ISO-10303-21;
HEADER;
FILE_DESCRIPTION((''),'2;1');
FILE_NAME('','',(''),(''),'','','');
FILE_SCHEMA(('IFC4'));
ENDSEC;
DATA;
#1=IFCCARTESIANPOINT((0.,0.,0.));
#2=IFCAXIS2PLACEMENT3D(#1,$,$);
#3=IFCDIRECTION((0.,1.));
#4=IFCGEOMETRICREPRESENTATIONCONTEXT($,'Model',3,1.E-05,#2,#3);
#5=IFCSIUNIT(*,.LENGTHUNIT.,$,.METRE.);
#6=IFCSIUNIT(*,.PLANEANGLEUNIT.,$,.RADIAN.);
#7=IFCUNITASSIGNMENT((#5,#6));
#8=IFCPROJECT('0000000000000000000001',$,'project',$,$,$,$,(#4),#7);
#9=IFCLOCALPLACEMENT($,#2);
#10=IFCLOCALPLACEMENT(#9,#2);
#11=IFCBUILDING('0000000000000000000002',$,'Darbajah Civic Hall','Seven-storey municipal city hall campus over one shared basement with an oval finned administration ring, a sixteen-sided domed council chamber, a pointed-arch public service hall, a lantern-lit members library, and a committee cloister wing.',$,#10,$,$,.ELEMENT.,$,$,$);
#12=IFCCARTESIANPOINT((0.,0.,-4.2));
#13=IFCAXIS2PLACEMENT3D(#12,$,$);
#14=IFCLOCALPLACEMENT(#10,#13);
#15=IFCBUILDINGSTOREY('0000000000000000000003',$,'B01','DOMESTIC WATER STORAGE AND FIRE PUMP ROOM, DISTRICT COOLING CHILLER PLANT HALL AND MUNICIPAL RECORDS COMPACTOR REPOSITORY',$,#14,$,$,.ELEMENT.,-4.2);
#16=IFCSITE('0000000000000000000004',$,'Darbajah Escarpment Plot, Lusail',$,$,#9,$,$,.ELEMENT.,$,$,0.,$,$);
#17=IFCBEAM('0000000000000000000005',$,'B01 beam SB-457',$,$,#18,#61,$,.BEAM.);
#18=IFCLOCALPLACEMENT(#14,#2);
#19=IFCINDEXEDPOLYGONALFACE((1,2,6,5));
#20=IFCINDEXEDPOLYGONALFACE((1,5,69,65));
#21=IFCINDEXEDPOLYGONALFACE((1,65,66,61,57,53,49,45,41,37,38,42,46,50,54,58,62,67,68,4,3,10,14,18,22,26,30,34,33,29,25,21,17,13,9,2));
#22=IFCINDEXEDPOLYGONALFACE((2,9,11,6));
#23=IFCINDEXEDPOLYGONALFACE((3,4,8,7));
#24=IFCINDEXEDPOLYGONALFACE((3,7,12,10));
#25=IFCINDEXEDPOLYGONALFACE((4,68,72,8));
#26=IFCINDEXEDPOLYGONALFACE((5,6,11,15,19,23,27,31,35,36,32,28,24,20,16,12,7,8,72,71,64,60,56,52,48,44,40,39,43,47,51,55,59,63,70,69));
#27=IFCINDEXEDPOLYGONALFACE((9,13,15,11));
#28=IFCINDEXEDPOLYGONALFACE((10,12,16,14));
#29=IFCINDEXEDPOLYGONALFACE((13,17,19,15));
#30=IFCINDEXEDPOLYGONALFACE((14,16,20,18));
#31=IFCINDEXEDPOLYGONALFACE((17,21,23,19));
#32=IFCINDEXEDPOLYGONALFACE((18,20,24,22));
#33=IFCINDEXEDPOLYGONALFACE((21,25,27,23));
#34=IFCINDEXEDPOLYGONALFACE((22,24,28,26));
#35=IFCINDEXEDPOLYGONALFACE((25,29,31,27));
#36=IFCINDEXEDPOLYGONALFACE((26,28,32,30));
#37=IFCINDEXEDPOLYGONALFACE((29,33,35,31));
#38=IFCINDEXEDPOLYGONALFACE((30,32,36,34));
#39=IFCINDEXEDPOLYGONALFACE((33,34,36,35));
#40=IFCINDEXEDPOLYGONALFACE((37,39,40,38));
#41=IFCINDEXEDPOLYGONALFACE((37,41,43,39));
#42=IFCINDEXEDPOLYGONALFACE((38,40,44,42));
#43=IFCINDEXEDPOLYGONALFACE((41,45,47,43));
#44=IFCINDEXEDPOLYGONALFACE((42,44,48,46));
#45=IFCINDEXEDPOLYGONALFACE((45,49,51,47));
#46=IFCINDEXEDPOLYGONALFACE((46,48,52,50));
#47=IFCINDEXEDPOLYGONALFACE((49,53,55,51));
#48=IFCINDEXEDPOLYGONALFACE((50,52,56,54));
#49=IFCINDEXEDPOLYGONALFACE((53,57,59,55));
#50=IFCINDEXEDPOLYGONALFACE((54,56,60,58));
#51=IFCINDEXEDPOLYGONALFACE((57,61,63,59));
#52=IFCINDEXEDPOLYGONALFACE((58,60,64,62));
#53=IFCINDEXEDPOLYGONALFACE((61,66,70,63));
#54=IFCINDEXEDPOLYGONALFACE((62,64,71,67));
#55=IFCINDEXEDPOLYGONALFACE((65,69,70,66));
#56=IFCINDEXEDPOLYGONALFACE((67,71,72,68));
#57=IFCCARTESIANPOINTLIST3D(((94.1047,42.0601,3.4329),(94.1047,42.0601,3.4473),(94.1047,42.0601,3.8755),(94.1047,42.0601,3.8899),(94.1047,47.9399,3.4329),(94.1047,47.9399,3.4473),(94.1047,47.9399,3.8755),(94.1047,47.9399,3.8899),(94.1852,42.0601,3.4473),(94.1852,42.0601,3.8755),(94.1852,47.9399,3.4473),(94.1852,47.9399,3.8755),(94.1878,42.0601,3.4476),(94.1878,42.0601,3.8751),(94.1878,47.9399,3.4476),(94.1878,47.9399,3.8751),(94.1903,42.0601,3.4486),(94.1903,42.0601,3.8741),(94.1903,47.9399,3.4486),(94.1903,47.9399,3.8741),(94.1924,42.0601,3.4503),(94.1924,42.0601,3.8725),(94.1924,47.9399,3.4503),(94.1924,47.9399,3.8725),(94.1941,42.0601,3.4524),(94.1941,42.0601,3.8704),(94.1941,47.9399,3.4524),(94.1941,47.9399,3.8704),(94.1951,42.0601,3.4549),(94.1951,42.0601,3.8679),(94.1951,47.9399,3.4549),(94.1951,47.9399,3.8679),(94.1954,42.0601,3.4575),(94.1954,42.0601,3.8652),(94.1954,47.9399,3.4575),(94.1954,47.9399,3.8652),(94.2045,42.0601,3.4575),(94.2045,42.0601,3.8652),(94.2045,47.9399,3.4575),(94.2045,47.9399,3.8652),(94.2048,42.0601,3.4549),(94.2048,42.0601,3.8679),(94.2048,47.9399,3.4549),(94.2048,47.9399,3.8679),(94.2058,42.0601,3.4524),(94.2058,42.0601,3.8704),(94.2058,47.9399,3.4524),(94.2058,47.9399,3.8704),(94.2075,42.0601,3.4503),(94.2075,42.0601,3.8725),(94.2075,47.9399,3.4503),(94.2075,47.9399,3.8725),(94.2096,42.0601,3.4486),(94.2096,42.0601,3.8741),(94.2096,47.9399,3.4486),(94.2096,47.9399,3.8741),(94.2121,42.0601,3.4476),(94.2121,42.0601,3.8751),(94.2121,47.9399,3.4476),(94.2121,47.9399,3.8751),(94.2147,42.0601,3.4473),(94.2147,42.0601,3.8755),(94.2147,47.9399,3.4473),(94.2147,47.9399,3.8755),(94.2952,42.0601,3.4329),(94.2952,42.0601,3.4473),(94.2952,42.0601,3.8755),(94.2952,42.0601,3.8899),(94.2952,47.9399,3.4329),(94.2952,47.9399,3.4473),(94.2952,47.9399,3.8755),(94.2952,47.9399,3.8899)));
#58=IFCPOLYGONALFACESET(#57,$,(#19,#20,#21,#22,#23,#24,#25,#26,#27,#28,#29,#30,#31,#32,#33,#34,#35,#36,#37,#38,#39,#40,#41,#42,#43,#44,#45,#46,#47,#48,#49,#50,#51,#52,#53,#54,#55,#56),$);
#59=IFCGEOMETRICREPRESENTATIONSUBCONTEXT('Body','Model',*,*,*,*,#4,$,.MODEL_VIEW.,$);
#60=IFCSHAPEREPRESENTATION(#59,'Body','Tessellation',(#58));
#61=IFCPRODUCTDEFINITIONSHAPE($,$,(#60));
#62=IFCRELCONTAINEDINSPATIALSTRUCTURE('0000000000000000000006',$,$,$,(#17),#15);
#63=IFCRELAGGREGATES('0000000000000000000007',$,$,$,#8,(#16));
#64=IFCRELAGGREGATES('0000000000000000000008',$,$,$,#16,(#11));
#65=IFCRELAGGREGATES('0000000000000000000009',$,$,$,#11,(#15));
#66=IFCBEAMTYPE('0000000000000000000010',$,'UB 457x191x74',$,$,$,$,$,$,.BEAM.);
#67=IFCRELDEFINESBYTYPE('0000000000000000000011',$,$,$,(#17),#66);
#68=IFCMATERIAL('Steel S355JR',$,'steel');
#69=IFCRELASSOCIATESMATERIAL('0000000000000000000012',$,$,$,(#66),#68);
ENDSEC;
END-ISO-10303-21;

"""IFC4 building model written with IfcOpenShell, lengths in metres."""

from ifc_helpers import new_model, si_unit, direction, frame, origin, origin_2d, place, context, subcontext, project, spatial, i_section, extrude, material, material_profile, profile_set, type_object, element, save


model = new_model("IFC4")

# Units and contexts
model_context = context("Model", 3, precision=1e-05, world=origin(), true_north=direction((0.0, 1.0)))
body_context = subcontext(model_context, "Body", "Model", "MODEL_VIEW")
ifc_project = project(units=[si_unit("LENGTHUNIT", "METRE"), si_unit("PLANEANGLEUNIT", "RADIAN")], contexts=[model_context])

# Site, building, storey
site_placement = place(None, origin())
site = spatial("IfcSite", under=ifc_project, at=site_placement, Name="Darbajah Escarpment Plot, Lusail", CompositionType="ELEMENT", RefElevation=0.0)
building_placement = place(site_placement, origin())
building = spatial("IfcBuilding", under=site, at=building_placement, Name="Darbajah Civic Hall", Description="Seven-storey municipal city hall campus over one shared basement with an oval finned administration ring, a sixteen-sided domed council chamber, a pointed-arch public service hall, a lantern-lit members library, and a committee cloister wing.", CompositionType="ELEMENT")
storey_placement = place(building_placement, frame((0.0, 0.0, -4.2)))
storey = spatial("IfcBuildingStorey", under=building, at=storey_placement, Name="B01", Description="DOMESTIC WATER STORAGE AND FIRE PUMP ROOM, DISTRICT COOLING CHILLER PLANT HALL AND MUNICIPAL RECORDS COMPACTOR REPOSITORY", CompositionType="ELEMENT", Elevation=-4.2)

# Beam
ifc_material_1 = material(Name="Steel S355JR", Category="steel")
ifc_material_profile_1 = material_profile(ifc_material_1, i_section(OverallWidth=0.1904, OverallDepth=0.457, WebThickness=0.009, FlangeThickness=0.0144, FilletRadius=0.0103, at=origin_2d()), Name="UB 457x191x74")
ifc_profile_set_1 = profile_set([ifc_material_profile_1], Name="Steel S355JR")
beam_type = type_object("IfcBeamType", Name="UB 457x191x74", PredefinedType="BEAM", material=ifc_profile_set_1)
beam_placement = place(storey_placement, frame((94.2, 42.0601, 3.6614), z_axis=(0.0, 1.0, 0.0), x_axis=(-1.0, 0.0, 0.0)))
element("IfcBeam", 1, at=beam_placement, inside=storey, type_object=beam_type, Name="B01 beam SB-457", PredefinedType="BEAM", context=body_context, shape_type="SweptSolid", body=[
    extrude(i_section(OverallWidth=0.1904, OverallDepth=0.457, WebThickness=0.009, FlangeThickness=0.0144, FilletRadius=0.0103, at=origin_2d()), origin(), (0.0, 0.0, 1.0), 5.8799),
])

save(model, "model.ifc")
